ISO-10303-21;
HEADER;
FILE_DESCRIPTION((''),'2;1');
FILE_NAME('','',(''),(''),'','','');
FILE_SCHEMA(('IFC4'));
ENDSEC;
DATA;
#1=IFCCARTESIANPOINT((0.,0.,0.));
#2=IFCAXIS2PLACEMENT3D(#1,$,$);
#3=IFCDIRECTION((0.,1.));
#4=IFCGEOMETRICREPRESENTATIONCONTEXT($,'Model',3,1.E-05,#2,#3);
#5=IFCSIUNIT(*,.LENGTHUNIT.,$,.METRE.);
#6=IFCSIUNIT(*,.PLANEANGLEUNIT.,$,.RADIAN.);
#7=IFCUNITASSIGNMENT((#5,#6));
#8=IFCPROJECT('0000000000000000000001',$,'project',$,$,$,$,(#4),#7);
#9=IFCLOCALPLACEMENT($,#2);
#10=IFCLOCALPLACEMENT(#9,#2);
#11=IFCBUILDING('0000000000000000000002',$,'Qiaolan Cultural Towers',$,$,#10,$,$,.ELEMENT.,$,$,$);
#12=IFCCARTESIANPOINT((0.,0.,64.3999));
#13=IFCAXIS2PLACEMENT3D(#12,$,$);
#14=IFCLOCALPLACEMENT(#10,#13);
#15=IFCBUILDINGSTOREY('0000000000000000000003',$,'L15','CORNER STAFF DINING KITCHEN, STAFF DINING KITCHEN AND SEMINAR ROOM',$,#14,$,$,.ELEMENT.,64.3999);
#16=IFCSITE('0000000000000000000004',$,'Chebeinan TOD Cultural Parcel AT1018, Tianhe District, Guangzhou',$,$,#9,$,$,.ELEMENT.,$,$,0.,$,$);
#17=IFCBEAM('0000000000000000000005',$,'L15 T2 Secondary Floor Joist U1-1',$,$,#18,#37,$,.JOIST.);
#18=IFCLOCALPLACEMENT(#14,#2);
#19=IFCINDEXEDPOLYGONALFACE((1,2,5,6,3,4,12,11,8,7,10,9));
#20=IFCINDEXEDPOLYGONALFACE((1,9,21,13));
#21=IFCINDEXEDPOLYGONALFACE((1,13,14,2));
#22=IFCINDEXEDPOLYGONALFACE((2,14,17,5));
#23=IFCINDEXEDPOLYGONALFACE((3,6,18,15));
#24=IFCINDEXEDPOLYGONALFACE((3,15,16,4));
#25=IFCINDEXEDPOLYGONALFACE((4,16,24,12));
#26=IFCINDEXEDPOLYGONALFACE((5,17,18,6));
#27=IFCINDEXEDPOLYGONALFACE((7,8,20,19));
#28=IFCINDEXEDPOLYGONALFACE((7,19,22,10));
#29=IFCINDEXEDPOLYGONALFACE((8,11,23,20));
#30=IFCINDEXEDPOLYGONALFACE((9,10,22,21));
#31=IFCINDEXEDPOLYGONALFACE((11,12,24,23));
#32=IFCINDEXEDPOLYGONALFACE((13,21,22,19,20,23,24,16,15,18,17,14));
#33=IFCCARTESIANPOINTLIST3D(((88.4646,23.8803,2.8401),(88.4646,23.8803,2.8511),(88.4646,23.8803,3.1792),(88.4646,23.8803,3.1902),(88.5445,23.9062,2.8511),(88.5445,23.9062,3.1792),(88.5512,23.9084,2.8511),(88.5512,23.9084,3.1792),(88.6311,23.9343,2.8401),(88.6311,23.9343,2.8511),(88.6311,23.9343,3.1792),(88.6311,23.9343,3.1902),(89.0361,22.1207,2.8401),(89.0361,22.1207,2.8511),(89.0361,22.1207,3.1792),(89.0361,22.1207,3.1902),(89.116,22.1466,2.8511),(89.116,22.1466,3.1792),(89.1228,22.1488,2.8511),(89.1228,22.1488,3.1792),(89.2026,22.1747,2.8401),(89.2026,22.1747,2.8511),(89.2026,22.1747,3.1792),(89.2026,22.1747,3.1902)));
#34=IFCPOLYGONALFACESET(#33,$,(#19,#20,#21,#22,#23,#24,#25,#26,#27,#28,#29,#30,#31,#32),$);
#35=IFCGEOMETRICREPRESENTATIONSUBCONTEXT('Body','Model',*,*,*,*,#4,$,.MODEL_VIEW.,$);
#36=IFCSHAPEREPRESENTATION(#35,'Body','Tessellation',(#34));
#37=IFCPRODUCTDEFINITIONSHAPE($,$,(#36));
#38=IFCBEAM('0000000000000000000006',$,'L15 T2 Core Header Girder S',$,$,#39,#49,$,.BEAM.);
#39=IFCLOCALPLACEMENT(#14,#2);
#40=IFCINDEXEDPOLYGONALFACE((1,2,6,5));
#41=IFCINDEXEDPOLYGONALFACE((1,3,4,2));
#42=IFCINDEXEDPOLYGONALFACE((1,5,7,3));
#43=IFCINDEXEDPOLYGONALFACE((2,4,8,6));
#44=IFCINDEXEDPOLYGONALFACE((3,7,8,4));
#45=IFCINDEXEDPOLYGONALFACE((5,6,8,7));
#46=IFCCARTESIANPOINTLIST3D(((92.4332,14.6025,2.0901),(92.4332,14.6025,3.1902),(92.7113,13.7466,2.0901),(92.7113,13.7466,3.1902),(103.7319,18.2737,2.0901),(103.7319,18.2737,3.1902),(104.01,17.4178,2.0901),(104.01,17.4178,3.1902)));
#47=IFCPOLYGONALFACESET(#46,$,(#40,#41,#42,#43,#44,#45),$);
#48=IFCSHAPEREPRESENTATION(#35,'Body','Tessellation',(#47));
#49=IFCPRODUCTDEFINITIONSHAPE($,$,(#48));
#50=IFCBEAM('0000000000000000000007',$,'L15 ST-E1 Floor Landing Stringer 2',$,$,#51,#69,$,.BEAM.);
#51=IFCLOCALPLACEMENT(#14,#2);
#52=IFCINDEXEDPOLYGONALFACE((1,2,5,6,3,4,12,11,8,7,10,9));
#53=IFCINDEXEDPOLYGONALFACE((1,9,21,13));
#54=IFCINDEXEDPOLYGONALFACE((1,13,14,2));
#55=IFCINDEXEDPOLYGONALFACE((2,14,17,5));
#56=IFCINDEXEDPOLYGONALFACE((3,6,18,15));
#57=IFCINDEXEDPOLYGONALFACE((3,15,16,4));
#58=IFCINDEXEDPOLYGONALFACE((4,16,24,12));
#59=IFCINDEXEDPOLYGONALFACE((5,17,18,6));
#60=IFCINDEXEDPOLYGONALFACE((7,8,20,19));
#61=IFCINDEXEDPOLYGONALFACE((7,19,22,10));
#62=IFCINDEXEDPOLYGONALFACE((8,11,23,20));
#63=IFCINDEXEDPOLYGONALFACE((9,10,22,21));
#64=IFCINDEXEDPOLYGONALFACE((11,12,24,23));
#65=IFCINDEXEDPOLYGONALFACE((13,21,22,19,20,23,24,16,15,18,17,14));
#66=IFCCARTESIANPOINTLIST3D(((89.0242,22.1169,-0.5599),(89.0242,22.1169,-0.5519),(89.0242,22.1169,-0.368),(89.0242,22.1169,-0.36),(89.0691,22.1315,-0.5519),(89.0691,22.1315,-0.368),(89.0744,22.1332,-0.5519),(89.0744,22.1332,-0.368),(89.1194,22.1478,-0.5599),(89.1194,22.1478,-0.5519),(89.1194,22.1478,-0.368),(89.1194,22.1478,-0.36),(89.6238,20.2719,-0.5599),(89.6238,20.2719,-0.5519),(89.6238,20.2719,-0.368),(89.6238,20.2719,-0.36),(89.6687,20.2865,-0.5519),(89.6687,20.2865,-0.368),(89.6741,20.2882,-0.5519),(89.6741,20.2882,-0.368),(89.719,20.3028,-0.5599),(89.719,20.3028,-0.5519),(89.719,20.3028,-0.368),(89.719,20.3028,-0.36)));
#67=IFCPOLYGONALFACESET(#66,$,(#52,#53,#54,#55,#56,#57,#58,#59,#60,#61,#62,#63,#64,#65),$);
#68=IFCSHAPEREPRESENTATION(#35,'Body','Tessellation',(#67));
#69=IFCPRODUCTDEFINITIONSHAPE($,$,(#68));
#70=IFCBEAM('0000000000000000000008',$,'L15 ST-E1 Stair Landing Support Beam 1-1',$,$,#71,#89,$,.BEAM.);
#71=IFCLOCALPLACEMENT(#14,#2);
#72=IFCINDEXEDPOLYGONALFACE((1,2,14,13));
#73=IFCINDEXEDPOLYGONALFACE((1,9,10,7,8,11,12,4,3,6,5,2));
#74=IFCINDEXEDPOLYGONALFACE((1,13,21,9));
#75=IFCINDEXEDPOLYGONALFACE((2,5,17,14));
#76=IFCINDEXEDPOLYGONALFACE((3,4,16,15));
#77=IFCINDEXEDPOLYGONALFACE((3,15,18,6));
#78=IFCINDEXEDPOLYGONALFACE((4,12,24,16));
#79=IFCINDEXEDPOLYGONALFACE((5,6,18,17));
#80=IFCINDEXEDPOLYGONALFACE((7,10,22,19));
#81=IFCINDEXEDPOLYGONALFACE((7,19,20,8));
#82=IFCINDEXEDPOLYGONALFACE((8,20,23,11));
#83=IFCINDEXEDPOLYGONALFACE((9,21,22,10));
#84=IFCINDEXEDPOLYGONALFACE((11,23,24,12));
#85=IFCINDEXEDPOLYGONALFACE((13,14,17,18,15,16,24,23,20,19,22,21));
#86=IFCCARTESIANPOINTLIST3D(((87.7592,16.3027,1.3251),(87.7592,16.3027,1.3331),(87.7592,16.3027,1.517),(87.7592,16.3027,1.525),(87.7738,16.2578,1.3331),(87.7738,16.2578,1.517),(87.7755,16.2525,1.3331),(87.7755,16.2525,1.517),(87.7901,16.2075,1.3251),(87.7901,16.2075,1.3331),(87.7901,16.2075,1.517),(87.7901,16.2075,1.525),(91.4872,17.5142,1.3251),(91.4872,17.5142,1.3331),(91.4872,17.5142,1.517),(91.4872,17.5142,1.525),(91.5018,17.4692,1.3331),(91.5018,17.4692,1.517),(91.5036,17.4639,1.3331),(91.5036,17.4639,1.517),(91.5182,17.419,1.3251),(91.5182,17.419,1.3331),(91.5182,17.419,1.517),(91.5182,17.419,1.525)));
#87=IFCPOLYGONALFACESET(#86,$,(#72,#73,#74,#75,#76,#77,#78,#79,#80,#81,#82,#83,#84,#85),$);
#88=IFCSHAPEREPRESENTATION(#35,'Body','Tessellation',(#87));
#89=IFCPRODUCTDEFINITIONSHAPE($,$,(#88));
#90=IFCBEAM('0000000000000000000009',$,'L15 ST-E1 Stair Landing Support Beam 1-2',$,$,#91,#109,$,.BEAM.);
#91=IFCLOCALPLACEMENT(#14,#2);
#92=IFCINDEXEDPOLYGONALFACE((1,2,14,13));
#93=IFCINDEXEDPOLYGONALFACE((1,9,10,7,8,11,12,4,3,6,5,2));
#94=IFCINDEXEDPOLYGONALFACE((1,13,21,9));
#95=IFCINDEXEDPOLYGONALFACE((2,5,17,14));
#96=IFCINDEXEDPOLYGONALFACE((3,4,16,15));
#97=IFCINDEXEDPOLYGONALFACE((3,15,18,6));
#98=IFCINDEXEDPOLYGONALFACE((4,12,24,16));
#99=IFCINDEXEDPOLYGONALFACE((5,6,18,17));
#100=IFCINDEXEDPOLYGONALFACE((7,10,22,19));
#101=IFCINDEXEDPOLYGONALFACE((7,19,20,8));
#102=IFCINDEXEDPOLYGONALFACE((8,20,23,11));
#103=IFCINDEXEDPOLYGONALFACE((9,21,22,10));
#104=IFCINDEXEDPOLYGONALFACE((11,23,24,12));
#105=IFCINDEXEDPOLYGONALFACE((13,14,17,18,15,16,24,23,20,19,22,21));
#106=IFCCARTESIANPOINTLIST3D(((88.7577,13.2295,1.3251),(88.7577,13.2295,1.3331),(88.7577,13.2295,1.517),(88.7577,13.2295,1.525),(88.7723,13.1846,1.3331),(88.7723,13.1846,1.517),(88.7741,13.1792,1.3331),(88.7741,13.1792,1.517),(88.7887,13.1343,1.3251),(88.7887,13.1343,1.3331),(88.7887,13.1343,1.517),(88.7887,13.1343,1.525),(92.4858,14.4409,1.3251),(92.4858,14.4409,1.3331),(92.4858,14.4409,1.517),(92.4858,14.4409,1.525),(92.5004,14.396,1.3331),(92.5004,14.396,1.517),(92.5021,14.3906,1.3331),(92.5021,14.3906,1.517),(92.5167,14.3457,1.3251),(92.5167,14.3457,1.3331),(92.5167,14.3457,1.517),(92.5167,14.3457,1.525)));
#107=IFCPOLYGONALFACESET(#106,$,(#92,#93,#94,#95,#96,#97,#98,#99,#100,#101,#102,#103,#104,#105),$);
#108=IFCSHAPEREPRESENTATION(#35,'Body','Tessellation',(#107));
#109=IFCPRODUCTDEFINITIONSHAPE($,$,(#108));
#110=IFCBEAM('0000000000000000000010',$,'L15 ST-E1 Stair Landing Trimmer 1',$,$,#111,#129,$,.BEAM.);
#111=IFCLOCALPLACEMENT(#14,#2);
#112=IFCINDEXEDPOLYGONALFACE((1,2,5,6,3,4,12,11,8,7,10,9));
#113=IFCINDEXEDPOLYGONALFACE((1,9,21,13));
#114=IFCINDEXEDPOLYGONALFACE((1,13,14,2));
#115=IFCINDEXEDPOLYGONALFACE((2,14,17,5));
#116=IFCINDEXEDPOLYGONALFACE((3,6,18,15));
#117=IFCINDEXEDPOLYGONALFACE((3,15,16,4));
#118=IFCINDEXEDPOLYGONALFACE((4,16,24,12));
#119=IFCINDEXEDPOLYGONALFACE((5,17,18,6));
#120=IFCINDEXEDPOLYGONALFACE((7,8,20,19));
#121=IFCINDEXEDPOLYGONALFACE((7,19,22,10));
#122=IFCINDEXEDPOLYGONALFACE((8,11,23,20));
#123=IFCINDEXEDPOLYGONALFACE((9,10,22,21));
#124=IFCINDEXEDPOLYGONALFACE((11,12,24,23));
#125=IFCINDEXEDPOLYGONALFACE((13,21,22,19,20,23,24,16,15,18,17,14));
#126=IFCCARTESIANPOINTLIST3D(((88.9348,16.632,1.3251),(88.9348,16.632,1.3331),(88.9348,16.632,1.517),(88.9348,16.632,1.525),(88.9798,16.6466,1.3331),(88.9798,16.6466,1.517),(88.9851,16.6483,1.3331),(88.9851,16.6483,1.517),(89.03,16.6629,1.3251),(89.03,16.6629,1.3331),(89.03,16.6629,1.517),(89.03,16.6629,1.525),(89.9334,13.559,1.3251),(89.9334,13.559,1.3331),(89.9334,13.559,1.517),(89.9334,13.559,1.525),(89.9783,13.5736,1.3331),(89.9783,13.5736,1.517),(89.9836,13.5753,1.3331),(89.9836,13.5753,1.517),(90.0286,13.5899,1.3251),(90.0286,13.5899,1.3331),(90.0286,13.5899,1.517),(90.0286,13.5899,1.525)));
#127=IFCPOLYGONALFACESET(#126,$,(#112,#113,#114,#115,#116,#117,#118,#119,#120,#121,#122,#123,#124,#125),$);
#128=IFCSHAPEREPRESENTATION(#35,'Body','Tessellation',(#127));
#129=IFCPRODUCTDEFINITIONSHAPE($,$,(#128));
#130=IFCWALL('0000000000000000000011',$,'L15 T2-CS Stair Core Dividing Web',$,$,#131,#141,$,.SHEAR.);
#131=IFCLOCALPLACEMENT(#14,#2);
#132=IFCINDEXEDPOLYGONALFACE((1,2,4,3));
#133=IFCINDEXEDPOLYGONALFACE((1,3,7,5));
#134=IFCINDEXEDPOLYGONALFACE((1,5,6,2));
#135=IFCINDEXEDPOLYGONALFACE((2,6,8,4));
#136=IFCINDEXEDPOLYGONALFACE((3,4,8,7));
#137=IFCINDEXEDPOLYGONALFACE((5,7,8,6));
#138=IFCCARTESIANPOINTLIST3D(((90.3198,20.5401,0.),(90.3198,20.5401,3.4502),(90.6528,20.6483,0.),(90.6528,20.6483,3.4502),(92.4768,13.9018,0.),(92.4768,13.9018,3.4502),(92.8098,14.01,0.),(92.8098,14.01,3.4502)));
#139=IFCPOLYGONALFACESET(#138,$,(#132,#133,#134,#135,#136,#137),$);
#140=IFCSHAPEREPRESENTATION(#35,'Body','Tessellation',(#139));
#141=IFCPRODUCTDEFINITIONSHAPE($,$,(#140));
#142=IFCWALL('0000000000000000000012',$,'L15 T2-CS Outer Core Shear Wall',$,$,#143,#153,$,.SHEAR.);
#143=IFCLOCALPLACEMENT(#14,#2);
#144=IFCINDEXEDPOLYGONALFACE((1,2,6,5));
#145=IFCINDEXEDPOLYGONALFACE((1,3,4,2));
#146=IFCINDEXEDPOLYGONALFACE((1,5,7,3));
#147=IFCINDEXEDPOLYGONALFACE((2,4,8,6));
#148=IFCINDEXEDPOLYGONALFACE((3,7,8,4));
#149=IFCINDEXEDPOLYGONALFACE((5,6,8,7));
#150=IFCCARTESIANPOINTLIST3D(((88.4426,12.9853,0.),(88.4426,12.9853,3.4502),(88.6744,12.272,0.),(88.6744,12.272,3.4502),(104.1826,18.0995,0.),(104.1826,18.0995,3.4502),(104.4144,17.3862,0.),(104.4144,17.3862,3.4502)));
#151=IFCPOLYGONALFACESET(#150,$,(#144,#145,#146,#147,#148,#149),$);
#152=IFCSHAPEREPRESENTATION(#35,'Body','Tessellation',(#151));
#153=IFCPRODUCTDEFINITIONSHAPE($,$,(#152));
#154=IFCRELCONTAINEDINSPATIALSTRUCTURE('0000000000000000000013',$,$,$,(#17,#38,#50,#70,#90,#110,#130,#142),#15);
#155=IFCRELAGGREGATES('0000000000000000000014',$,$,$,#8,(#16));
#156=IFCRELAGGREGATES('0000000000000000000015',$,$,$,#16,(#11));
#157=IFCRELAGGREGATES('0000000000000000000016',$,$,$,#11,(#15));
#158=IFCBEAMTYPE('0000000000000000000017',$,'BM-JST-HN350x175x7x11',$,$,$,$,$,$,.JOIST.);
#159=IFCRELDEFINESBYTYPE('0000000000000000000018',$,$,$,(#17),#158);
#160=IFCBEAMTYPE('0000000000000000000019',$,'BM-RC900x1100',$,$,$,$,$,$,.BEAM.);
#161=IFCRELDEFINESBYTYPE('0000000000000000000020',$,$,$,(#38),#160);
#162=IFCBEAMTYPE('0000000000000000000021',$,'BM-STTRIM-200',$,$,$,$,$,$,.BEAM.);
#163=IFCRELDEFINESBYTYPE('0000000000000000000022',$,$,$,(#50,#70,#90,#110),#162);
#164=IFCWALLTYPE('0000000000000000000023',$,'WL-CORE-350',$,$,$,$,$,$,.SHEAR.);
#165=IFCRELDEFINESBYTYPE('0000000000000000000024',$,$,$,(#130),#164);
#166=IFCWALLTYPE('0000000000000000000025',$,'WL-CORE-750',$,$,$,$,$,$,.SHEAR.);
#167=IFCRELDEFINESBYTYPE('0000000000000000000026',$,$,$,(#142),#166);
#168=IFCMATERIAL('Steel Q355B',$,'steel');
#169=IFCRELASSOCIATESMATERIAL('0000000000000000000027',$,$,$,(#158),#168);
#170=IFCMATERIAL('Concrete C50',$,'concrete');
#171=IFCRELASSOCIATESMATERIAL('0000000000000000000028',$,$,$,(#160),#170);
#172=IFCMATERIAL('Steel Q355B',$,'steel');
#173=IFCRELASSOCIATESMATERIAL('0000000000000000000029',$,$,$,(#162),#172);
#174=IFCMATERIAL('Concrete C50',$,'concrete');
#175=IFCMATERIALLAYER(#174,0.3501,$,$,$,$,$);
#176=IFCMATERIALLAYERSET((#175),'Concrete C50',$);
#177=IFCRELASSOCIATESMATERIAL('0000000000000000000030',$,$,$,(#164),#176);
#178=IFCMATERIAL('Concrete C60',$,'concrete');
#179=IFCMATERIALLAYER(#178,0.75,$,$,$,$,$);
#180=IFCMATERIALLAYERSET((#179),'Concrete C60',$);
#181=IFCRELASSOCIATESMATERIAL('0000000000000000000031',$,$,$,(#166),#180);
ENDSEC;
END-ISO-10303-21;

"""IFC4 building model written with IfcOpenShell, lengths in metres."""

from ifc_helpers import new_model, si_unit, direction, frame, frame_2d, origin, origin_2d, place, context, subcontext, project, spatial, rectangle, i_section, extrude, material, layer, layer_set, material_profile, profile_set, type_object, element, save


model = new_model("IFC4")

# Units and contexts
model_context = context("Model", 3, precision=1e-05, world=origin(), true_north=direction((0.0, 1.0)))
body_context = subcontext(model_context, "Body", "Model", "MODEL_VIEW")
ifc_project = project(units=[si_unit("LENGTHUNIT", "METRE"), si_unit("PLANEANGLEUNIT", "RADIAN")], contexts=[model_context])

# Site, building, storey
site_placement = place(None, origin())
site = spatial("IfcSite", under=ifc_project, at=site_placement, Name="Chebeinan TOD Cultural Parcel AT1018, Tianhe District, Guangzhou", CompositionType="ELEMENT", RefElevation=0.0)
building_placement = place(site_placement, origin())
building = spatial("IfcBuilding", under=site, at=building_placement, Name="Qiaolan Cultural Towers", CompositionType="ELEMENT")
storey_placement = place(building_placement, frame((0.0, 0.0, 64.3999)))
storey = spatial("IfcBuildingStorey", under=building, at=storey_placement, Name="L15", Description="CORNER STAFF DINING KITCHEN, STAFF DINING KITCHEN AND SEMINAR ROOM", CompositionType="ELEMENT", Elevation=64.3999)

# Beams
ifc_material_1 = material(Name="Steel Q355B", Category="steel")
ifc_material_profile_1 = material_profile(ifc_material_1, i_section(OverallWidth=0.175, OverallDepth=0.3501, WebThickness=0.0071, FlangeThickness=0.011, at=origin_2d()), Name="HN350x175x7x11")
ifc_profile_set_1 = profile_set([ifc_material_profile_1], Name="Steel Q355B")
beam_type_1 = type_object("IfcBeamType", Name="BM-JST-HN350x175x7x11", PredefinedType="JOIST", material=ifc_profile_set_1)
beam_1_placement = place(storey_placement, frame((89.1194, 22.1477, 3.0151), z_axis=(-0.308934, 0.951084, 0.0), x_axis=(-0.951084, -0.308934, 0.0)))
element("IfcBeam", 1, at=beam_1_placement, inside=storey, type_object=beam_type_1, Name="L15 T2 Secondary Floor Joist U1-1", PredefinedType="JOIST", context=body_context, shape_type="SweptSolid", body=[
    extrude(i_section(OverallWidth=0.175, OverallDepth=0.3501, WebThickness=0.0071, FlangeThickness=0.011, at=origin_2d()), origin(), (0.0, 0.0, 1.0), 1.8501),
])
ifc_material_2 = material(Name="Concrete C50", Category="concrete")
ifc_material_profile_2 = material_profile(ifc_material_2, rectangle(XDim=0.8999, YDim=1.1001, at=origin_2d()), Name="RC900x1100")
ifc_profile_set_2 = profile_set([ifc_material_profile_2], Name="Concrete C50")
beam_type_2 = type_object("IfcBeamType", Name="BM-RC900x1100", PredefinedType="BEAM", material=ifc_profile_set_2)
beam_2_placement = place(storey_placement, frame((92.5723, 14.1746, 2.6401), z_axis=(0.951056, 0.309018, 0.0), x_axis=(-0.309018, 0.951056, 0.0)))
element("IfcBeam", 2, at=beam_2_placement, inside=storey, type_object=beam_type_2, Name="L15 T2 Core Header Girder S", PredefinedType="BEAM", context=body_context, shape_type="SweptSolid", body=[
    extrude(rectangle(XDim=0.8999, YDim=1.1001, at=origin_2d()), origin(), (0.0, 0.0, 1.0), 11.8801),
])
ifc_material_3 = material(Name="Steel Q355B", Category="steel")
ifc_material_profile_3 = material_profile(ifc_material_3, i_section(OverallWidth=0.1001, OverallDepth=0.2, WebThickness=0.0056, FlangeThickness=0.0081, at=origin_2d()), Name="HN200x100x5.5x8")
ifc_profile_set_3 = profile_set([ifc_material_profile_3], Name="Steel Q355B")
beam_type_3 = type_object("IfcBeamType", Name="BM-STTRIM-200", PredefinedType="BEAM", material=ifc_profile_set_3)
beam_3_placement = place(storey_placement, frame((89.0718, 22.1323, -0.46), z_axis=(0.309083, -0.951035, 0.0), x_axis=(0.951035, 0.309083, 0.0)))
element("IfcBeam", 3, at=beam_3_placement, inside=storey, type_object=beam_type_3, Name="L15 ST-E1 Floor Landing Stringer 2", PredefinedType="BEAM", context=body_context, shape_type="SweptSolid", body=[
    extrude(i_section(OverallWidth=0.1001, OverallDepth=0.2, WebThickness=0.0056, FlangeThickness=0.0081, at=origin_2d()), origin(), (0.0, 0.0, 1.0), 1.9399),
])
for number, where, z_axis, x_axis, name in (
    (4, (87.7747, 16.2551, 1.425), (0.951048, 0.309044, 0.0), (-0.309044, 0.951048, 0.0), "L15 ST-E1 Stair Landing Support Beam 1-1"),
    (5, (88.7732, 13.1819, 1.425), (0.951048, 0.309044, 0.0), (-0.309044, 0.951048, 0.0), "L15 ST-E1 Stair Landing Support Beam 1-2"),
):
    element("IfcBeam", number, at=place(storey_placement, frame(where, z_axis=z_axis, x_axis=x_axis)), inside=storey, type_object=beam_type_3, Name=name, PredefinedType="BEAM", context=body_context, shape_type="SweptSolid", body=[
        extrude(i_section(OverallWidth=0.1001, OverallDepth=0.2, WebThickness=0.0056, FlangeThickness=0.0081, at=origin_2d()), origin(), (0.0, 0.0, 1.0), 3.9199),
    ])
beam_4_placement = place(storey_placement, frame((88.9824, 16.6475, 1.425), z_axis=(0.309033, -0.951051, 0.0), x_axis=(0.951051, 0.309033, 0.0)))
element("IfcBeam", 6, at=beam_4_placement, inside=storey, type_object=beam_type_3, Name="L15 ST-E1 Stair Landing Trimmer 1", PredefinedType="BEAM", context=body_context, shape_type="SweptSolid", body=[
    extrude(i_section(OverallWidth=0.1001, OverallDepth=0.2, WebThickness=0.0056, FlangeThickness=0.0081, at=origin_2d()), origin(), (0.0, 0.0, 1.0), 3.2312),
])

# Walls
ifc_material_4 = material(Name="Concrete C50", Category="concrete")
ifc_layer_1 = layer(ifc_material_4, 0.3501)
ifc_layer_set_1 = layer_set([ifc_layer_1], Name="Concrete C50")
wall_type_1 = type_object("IfcWallType", Name="WL-CORE-350", PredefinedType="SHEAR", material=ifc_layer_set_1)
wall_1_placement = place(storey_placement, frame((90.4863, 20.5942, 0.0), z_axis=(0.0, 0.0, 1.0), x_axis=(0.30902, -0.951055, 0.0)))
element("IfcWall", 7, at=wall_1_placement, inside=storey, type_object=wall_type_1, Name="L15 T2-CS Stair Core Dividing Web", PredefinedType="SHEAR", context=body_context, shape_type="SweptSolid", body=[
    extrude(rectangle(XDim=6.98, YDim=0.3501, at=frame_2d((3.49, 0.0))), origin(), (0.0, 0.0, 1.0), 3.4502),
])
ifc_material_5 = material(Name="Concrete C60", Category="concrete")
ifc_layer_2 = layer(ifc_material_5, 0.75)
ifc_layer_set_2 = layer_set([ifc_layer_2], Name="Concrete C60")
wall_type_2 = type_object("IfcWallType", Name="WL-CORE-750", PredefinedType="SHEAR", material=ifc_layer_set_2)
wall_2_placement = place(storey_placement, frame((88.5586, 12.6287, 0.0), z_axis=(0.0, 0.0, 1.0), x_axis=(0.951056, 0.309018, 0.0)))
element("IfcWall", 8, at=wall_2_placement, inside=storey, type_object=wall_type_2, Name="L15 T2-CS Outer Core Shear Wall", PredefinedType="SHEAR", context=body_context, shape_type="SweptSolid", body=[
    extrude(rectangle(XDim=16.55, YDim=0.75, at=frame_2d((8.2749, 0.0))), origin(), (0.0, 0.0, 1.0), 3.4502),
])

save(model, "model.ifc")
